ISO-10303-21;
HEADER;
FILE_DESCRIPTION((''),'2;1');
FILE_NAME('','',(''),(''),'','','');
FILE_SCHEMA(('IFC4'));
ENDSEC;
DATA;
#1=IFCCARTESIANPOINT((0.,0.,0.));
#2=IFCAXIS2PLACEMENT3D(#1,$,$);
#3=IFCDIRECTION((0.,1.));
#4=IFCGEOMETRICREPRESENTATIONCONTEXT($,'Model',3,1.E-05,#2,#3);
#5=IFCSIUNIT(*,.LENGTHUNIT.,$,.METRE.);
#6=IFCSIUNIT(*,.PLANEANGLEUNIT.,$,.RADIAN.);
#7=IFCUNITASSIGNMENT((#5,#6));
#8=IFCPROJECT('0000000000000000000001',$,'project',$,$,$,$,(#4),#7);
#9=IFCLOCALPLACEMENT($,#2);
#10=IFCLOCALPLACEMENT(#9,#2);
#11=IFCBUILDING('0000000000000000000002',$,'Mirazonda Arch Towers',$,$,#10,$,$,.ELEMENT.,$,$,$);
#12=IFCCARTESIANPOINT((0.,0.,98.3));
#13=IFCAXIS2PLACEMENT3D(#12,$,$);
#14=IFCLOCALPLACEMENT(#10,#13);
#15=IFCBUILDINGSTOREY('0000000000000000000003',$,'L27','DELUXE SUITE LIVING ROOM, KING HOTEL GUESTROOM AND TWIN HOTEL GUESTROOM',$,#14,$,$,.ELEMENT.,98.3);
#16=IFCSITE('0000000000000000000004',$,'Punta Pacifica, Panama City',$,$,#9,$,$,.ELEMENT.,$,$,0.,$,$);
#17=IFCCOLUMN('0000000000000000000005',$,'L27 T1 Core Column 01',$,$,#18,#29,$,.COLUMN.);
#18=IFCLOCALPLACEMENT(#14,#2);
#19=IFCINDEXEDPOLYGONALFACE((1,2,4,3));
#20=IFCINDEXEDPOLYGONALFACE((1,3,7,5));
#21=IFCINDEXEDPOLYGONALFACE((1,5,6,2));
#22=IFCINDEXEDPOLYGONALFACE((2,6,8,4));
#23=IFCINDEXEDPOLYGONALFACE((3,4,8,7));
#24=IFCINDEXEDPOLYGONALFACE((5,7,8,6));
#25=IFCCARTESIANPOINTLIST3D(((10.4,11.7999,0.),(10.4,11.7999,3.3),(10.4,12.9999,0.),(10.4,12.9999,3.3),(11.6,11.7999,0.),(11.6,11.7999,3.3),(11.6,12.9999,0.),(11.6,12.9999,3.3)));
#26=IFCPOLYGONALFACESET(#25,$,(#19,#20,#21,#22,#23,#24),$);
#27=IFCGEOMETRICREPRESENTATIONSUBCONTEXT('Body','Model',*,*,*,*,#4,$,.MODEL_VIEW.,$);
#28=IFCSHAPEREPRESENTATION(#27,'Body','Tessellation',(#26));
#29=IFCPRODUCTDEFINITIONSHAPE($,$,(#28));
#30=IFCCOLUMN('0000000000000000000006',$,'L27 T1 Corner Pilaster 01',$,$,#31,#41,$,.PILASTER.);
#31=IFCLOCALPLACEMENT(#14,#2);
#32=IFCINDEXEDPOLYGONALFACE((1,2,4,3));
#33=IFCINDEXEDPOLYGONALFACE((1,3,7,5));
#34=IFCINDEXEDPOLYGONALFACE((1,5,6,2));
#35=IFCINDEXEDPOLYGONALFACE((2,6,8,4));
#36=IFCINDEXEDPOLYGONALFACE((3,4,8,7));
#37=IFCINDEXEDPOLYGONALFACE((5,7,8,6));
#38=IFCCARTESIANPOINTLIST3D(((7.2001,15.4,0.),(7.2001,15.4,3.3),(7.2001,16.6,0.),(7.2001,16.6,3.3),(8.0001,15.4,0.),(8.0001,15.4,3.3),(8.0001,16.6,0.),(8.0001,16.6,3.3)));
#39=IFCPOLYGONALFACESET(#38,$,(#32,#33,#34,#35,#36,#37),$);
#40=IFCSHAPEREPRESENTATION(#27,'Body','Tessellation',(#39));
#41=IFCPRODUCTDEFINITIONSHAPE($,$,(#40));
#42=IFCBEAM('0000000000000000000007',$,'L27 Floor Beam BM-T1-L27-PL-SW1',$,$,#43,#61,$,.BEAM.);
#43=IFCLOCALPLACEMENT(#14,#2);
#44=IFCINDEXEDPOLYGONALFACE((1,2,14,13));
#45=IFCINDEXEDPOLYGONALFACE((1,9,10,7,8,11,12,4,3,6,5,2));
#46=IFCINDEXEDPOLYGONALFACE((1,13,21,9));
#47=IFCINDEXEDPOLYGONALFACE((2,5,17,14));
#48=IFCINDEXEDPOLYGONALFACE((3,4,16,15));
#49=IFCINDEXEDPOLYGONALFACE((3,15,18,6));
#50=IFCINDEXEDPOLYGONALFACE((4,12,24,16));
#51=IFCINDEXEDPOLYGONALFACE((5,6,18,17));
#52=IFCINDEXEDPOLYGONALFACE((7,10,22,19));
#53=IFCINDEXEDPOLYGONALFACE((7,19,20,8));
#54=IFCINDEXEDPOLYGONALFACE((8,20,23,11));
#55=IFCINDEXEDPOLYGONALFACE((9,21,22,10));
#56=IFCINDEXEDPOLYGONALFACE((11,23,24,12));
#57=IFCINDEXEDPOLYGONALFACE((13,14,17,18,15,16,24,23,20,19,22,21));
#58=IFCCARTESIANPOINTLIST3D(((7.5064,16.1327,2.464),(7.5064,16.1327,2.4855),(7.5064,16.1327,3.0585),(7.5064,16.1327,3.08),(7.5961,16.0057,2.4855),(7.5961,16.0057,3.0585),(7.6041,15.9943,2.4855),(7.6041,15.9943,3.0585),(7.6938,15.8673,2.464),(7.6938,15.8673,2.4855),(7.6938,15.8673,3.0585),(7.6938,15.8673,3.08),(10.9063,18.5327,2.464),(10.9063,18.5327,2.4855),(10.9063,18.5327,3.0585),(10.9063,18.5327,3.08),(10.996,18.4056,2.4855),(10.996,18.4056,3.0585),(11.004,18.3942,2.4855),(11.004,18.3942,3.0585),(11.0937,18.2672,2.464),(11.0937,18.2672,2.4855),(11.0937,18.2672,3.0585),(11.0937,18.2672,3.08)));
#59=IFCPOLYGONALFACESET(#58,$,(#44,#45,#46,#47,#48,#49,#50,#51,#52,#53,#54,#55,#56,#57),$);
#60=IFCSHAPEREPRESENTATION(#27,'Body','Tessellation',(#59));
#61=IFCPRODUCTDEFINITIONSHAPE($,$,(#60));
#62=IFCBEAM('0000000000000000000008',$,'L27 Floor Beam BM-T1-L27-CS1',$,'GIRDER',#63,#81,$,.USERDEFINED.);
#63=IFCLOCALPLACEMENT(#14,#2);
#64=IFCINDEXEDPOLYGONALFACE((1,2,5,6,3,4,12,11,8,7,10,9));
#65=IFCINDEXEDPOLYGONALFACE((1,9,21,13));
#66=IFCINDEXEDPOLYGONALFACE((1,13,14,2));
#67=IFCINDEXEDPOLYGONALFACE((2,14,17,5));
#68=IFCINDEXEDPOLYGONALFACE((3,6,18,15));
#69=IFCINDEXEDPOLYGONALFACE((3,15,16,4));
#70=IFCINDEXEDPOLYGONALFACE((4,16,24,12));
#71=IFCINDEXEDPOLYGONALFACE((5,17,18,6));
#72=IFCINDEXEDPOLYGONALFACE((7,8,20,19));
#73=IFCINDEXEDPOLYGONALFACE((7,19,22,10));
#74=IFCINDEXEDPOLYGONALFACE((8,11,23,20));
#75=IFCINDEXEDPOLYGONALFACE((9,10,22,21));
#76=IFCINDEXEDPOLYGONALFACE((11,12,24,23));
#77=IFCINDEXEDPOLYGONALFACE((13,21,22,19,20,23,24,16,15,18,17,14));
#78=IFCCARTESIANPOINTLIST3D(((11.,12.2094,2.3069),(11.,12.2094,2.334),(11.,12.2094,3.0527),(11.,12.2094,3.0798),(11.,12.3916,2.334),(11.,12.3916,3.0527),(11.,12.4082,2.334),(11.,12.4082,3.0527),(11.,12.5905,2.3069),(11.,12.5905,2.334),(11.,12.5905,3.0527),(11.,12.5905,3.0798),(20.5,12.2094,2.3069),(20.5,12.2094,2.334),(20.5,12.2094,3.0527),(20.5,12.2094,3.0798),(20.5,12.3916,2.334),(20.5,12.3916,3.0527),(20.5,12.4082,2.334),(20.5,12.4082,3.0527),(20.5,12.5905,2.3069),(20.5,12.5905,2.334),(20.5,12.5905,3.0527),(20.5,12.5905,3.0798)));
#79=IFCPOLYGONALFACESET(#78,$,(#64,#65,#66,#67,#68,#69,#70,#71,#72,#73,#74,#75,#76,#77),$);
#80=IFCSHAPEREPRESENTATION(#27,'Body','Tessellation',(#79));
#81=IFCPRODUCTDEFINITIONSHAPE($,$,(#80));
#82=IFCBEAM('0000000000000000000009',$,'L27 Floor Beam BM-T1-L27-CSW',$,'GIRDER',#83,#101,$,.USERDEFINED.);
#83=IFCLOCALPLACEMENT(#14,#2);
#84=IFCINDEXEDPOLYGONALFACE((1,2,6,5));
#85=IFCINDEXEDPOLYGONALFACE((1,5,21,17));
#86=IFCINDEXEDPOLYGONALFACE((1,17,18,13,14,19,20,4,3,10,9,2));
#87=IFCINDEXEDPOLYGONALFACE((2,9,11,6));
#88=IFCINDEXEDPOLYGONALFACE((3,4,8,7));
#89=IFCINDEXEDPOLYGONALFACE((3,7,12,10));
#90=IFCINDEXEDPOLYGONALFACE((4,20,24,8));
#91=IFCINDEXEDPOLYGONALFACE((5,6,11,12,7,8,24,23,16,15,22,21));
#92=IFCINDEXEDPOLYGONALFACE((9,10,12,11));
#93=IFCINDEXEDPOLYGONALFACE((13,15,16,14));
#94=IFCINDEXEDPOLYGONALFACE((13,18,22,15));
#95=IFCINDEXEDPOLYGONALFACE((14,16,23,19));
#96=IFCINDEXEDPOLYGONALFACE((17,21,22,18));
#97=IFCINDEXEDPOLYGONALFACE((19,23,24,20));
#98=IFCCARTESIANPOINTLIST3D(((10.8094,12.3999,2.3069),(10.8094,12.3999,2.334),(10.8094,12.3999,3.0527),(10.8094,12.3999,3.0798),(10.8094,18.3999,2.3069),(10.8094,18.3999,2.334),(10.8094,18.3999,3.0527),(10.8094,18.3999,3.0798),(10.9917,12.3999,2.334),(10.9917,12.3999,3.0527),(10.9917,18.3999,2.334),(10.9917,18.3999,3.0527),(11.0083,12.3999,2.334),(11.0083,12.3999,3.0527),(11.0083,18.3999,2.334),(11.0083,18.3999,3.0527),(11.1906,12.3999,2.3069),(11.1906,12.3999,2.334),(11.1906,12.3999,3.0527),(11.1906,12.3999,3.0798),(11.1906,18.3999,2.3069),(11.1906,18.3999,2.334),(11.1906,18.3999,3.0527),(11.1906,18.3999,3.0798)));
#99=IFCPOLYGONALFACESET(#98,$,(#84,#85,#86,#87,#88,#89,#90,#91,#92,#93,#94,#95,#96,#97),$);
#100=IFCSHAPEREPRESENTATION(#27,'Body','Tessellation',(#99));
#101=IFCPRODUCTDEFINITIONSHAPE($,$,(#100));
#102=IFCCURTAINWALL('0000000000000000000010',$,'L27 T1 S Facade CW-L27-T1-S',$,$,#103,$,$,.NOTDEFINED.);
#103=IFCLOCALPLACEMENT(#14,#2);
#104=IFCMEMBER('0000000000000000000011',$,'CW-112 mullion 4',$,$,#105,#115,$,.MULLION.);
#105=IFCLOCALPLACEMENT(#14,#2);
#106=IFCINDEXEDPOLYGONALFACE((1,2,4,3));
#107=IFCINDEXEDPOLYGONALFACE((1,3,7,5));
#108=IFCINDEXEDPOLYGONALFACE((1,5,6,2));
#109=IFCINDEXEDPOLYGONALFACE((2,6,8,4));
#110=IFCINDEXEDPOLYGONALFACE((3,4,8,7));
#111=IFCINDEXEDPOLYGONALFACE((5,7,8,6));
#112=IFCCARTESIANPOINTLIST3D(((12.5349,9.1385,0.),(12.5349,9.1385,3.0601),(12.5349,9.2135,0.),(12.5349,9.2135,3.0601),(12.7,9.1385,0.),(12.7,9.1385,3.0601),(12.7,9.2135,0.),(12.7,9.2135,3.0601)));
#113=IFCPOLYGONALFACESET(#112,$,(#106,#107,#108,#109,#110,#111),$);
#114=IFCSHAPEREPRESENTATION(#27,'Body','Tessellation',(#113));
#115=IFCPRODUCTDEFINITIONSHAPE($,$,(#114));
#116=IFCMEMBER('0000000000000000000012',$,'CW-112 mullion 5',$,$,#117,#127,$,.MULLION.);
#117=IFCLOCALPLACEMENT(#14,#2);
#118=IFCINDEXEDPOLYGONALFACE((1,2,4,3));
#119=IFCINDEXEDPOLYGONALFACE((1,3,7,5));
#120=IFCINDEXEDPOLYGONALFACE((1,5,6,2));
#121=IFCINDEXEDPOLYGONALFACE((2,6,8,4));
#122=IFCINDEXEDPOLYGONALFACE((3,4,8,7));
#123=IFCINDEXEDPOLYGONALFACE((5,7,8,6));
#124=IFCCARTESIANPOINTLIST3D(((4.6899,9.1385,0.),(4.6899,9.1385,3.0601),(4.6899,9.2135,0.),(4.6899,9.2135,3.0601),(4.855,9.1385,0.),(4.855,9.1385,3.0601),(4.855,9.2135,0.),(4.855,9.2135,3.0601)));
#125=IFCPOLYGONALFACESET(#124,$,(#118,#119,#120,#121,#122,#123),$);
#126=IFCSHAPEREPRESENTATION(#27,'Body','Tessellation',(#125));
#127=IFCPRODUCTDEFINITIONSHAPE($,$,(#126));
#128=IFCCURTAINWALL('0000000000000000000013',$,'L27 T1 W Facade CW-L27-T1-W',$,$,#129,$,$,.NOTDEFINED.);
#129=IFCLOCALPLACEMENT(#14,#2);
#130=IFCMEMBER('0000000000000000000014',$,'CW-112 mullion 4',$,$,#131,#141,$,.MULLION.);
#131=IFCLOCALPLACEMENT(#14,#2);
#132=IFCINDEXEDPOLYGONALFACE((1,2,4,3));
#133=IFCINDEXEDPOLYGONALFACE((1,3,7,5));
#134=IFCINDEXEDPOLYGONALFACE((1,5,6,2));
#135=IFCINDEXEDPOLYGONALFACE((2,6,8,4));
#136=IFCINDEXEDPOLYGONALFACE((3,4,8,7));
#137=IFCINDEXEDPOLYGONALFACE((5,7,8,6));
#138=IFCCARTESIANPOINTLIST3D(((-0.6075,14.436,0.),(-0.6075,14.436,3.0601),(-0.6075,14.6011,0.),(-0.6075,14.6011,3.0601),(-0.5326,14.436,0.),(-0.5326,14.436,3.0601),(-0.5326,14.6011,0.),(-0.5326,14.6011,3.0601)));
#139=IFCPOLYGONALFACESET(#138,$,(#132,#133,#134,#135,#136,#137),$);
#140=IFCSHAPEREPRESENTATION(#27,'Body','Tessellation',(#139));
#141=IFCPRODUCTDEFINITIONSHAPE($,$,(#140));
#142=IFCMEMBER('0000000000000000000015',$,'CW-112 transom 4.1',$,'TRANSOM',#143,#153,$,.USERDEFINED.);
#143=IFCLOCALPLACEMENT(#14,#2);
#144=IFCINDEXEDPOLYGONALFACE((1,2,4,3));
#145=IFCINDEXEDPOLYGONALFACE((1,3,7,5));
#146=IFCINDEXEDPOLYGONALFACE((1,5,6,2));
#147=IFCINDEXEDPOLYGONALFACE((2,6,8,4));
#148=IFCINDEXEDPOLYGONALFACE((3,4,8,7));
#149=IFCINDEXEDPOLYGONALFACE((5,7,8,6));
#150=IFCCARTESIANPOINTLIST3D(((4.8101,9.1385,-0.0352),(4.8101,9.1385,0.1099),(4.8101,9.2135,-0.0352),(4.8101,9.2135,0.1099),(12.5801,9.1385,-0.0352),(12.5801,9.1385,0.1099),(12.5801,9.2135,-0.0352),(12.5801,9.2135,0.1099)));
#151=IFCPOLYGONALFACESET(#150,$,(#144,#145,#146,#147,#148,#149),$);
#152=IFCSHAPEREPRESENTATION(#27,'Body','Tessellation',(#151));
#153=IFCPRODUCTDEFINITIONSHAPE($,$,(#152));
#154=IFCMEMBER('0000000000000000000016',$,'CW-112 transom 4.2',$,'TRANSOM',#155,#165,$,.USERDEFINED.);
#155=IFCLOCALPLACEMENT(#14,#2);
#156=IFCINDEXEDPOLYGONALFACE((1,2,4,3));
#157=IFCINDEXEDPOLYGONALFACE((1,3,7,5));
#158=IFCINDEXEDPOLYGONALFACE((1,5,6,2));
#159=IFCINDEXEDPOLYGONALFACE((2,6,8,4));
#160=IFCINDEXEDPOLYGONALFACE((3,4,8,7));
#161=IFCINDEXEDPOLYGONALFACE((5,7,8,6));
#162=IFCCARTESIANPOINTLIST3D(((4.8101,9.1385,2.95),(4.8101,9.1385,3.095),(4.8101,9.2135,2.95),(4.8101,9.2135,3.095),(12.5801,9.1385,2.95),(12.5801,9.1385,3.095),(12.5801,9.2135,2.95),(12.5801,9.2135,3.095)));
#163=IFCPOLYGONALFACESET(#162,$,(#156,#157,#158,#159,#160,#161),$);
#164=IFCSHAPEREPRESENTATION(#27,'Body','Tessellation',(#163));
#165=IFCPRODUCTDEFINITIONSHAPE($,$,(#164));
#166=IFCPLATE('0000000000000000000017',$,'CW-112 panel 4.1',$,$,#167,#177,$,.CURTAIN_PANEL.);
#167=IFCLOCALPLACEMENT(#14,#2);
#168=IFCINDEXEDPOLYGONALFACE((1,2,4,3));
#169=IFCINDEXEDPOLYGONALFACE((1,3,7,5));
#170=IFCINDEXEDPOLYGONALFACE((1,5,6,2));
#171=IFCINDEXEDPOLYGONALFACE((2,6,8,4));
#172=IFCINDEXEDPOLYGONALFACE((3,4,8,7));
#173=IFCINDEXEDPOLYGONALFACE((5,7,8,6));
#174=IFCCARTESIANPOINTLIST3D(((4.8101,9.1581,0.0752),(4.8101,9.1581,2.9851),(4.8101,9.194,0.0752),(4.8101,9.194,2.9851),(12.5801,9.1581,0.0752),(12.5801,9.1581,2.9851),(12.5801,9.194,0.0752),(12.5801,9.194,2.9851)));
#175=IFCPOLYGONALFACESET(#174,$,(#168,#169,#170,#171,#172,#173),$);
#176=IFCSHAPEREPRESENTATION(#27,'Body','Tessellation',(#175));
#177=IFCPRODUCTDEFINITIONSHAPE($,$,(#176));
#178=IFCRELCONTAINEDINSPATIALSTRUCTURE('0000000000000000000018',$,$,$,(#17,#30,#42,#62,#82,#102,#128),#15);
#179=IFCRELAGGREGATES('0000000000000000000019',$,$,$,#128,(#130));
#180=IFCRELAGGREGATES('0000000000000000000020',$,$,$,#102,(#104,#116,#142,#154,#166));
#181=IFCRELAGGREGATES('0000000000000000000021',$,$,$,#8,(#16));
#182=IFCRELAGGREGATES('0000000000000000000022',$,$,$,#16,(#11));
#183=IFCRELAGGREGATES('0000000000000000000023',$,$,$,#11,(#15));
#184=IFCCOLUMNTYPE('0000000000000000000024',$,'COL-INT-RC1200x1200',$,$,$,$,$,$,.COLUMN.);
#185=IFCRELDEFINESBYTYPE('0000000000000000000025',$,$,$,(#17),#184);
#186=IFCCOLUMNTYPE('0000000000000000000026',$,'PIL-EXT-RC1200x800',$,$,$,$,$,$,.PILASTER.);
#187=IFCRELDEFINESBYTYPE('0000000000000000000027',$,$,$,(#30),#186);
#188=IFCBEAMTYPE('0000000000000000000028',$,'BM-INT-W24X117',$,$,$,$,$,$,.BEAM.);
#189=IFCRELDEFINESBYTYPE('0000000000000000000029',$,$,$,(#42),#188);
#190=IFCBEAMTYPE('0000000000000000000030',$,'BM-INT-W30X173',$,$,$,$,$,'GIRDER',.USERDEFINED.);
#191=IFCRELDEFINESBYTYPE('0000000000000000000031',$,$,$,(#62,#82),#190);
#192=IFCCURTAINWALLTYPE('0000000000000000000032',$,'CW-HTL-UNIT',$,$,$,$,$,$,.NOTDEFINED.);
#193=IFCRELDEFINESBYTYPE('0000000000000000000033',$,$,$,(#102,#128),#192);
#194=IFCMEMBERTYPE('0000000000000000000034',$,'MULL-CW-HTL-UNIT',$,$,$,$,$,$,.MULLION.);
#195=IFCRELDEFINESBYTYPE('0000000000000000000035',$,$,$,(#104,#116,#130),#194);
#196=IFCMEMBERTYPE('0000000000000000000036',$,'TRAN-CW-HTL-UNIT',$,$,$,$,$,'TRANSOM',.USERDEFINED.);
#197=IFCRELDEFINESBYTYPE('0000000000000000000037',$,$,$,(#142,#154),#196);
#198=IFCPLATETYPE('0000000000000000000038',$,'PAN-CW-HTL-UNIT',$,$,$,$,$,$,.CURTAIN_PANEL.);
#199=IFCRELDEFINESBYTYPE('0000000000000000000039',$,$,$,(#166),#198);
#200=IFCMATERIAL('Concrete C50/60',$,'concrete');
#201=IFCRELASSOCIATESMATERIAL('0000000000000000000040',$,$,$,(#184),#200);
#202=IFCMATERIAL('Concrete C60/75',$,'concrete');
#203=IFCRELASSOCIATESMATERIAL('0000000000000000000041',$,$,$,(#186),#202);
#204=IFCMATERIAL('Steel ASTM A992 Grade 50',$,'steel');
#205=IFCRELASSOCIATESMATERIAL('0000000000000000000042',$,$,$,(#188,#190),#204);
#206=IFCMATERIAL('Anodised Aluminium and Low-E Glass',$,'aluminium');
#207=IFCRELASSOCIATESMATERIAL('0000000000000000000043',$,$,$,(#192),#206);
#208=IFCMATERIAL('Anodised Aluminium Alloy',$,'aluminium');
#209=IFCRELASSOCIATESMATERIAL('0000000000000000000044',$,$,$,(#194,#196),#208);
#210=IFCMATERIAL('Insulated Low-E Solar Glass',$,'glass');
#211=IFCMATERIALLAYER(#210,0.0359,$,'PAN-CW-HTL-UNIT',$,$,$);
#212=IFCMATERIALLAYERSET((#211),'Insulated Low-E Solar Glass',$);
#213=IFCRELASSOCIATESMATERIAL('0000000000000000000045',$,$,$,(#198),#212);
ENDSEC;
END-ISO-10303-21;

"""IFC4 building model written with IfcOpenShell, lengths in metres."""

from ifc_helpers import new_model, si_unit, direction, frame, origin, origin_2d, place, context, subcontext, project, spatial, rectangle, i_section, extrude, material, layer, layer_set, material_profile, profile_set, type_object, element, aggregate, save


model = new_model("IFC4")

# Units and contexts
model_context = context("Model", 3, precision=1e-05, world=origin(), true_north=direction((0.0, 1.0)))
body_context = subcontext(model_context, "Body", "Model", "MODEL_VIEW")
ifc_project = project(units=[si_unit("LENGTHUNIT", "METRE"), si_unit("PLANEANGLEUNIT", "RADIAN")], contexts=[model_context])

# Site, building, storey
site_placement = place(None, origin())
site = spatial("IfcSite", under=ifc_project, at=site_placement, Name="Punta Pacifica, Panama City", CompositionType="ELEMENT", RefElevation=0.0)
building_placement = place(site_placement, origin())
building = spatial("IfcBuilding", under=site, at=building_placement, Name="Mirazonda Arch Towers", CompositionType="ELEMENT")
storey_placement = place(building_placement, frame((0.0, 0.0, 98.3)))
storey = spatial("IfcBuildingStorey", under=building, at=storey_placement, Name="L27", Description="DELUXE SUITE LIVING ROOM, KING HOTEL GUESTROOM AND TWIN HOTEL GUESTROOM", CompositionType="ELEMENT", Elevation=98.3)

# Columns
ifc_material_1 = material(Name="Concrete C50/60", Category="concrete")
ifc_material_profile_1 = material_profile(ifc_material_1, rectangle(XDim=1.2, YDim=1.2, at=origin_2d()), Name="RC1200x1200")
ifc_profile_set_1 = profile_set([ifc_material_profile_1], Name="Concrete C50/60")
column_type_1 = type_object("IfcColumnType", Name="COL-INT-RC1200x1200", PredefinedType="COLUMN", material=ifc_profile_set_1)
column_1_placement = place(storey_placement, frame((11.0, 12.3999, 0.0), z_axis=(0.0, 0.0, 1.0), x_axis=(1.0, 0.0, 0.0)))
element("IfcColumn", 1, at=column_1_placement, inside=storey, type_object=column_type_1, Name="L27 T1 Core Column 01", PredefinedType="COLUMN", context=body_context, shape_type="SweptSolid", body=[
    extrude(rectangle(XDim=1.2, YDim=1.2, at=origin_2d()), origin(), (0.0, 0.0, 1.0), 3.3),
])
ifc_material_2 = material(Name="Concrete C60/75", Category="concrete")
ifc_material_profile_2 = material_profile(ifc_material_2, rectangle(XDim=0.8, YDim=1.2, at=origin_2d()), Name="RC1200x800")
ifc_profile_set_2 = profile_set([ifc_material_profile_2], Name="Concrete C60/75")
column_type_2 = type_object("IfcColumnType", Name="PIL-EXT-RC1200x800", PredefinedType="PILASTER", material=ifc_profile_set_2)
column_2_placement = place(storey_placement, frame((7.6001, 16.0, 0.0), z_axis=(0.0, 0.0, 1.0), x_axis=(1.0, 0.0, 0.0)))
element("IfcColumn", 2, at=column_2_placement, inside=storey, type_object=column_type_2, Name="L27 T1 Corner Pilaster 01", PredefinedType="PILASTER", context=body_context, shape_type="SweptSolid", body=[
    extrude(rectangle(XDim=0.8, YDim=1.2, at=origin_2d()), origin(), (0.0, 0.0, 1.0), 3.3),
])

# Beams
ifc_material_3 = material(Name="Steel ASTM A992 Grade 50", Category="steel")
ifc_material_profile_3 = material_profile(ifc_material_3, i_section(OverallWidth=0.325, OverallDepth=0.616, WebThickness=0.0139, FlangeThickness=0.0215, at=origin_2d()), Name="W24X117")
ifc_profile_set_3 = profile_set([ifc_material_profile_3], Name="Steel ASTM A992 Grade 50")
beam_type_1 = type_object("IfcBeamType", Name="BM-INT-W24X117", PredefinedType="BEAM", material=ifc_profile_set_3)
beam_1_placement = place(storey_placement, frame((7.6001, 16.0, 2.772), z_axis=(0.816971, 0.576679, 0.0), x_axis=(-0.576679, 0.816971, 0.0)))
element("IfcBeam", 3, at=beam_1_placement, inside=storey, type_object=beam_type_1, Name="L27 Floor Beam BM-T1-L27-PL-SW1", PredefinedType="BEAM", context=body_context, shape_type="SweptSolid", body=[
    extrude(i_section(OverallWidth=0.325, OverallDepth=0.616, WebThickness=0.0139, FlangeThickness=0.0215, at=origin_2d()), origin(), (0.0, 0.0, 1.0), 4.1616),
])
ifc_material_profile_4 = material_profile(ifc_material_3, i_section(OverallWidth=0.3811, OverallDepth=0.7729, WebThickness=0.0166, FlangeThickness=0.0271, at=origin_2d()), Name="W30X173")
ifc_profile_set_4 = profile_set([ifc_material_profile_4], Name="Steel ASTM A992 Grade 50")
beam_type_2 = type_object("IfcBeamType", Name="BM-INT-W30X173", ElementType="GIRDER", PredefinedType="USERDEFINED", material=ifc_profile_set_4)
beam_2_placement = place(storey_placement, frame((11.0, 12.3999, 2.6934), z_axis=(1.0, 0.0, 0.0), x_axis=(0.0, 1.0, 0.0)))
element("IfcBeam", 4, at=beam_2_placement, inside=storey, type_object=beam_type_2, Name="L27 Floor Beam BM-T1-L27-CS1", ObjectType="GIRDER", PredefinedType="USERDEFINED", context=body_context, shape_type="SweptSolid", body=[
    extrude(i_section(OverallWidth=0.3811, OverallDepth=0.7729, WebThickness=0.0166, FlangeThickness=0.0271, at=origin_2d()), origin(), (0.0, 0.0, 1.0), 9.5),
])
beam_3_placement = place(storey_placement, frame((11.0, 12.3999, 2.6934), z_axis=(0.0, 1.0, 0.0), x_axis=(-1.0, 0.0, 0.0)))
element("IfcBeam", 5, at=beam_3_placement, inside=storey, type_object=beam_type_2, Name="L27 Floor Beam BM-T1-L27-CSW", ObjectType="GIRDER", PredefinedType="USERDEFINED", context=body_context, shape_type="SweptSolid", body=[
    extrude(i_section(OverallWidth=0.3811, OverallDepth=0.7729, WebThickness=0.0166, FlangeThickness=0.0271, at=origin_2d()), origin(), (0.0, 0.0, 1.0), 6.0),
])

# Curtain wall, members
ifc_material_4 = material(Name="Anodised Aluminium and Low-E Glass", Category="aluminium")
curtain_wall_type = type_object("IfcCurtainWallType", Name="CW-HTL-UNIT", PredefinedType="NOTDEFINED", material=ifc_material_4)
curtain_wall_1_placement = place(storey_placement, origin())
curtain_wall_1 = element("IfcCurtainWall", 6, at=curtain_wall_1_placement, inside=storey, type_object=curtain_wall_type, Name="L27 T1 S Facade CW-L27-T1-S", PredefinedType="NOTDEFINED")
ifc_material_5 = material(Name="Anodised Aluminium Alloy", Category="aluminium")
ifc_material_profile_5 = material_profile(ifc_material_5, rectangle(XDim=0.075, YDim=0.165, at=origin_2d()), Name="ALU-MULL-75x165")
ifc_profile_set_5 = profile_set([ifc_material_profile_5], Name="Anodised Aluminium Alloy")
member_type_1 = type_object("IfcMemberType", Name="MULL-CW-HTL-UNIT", PredefinedType="MULLION", material=ifc_profile_set_5)
member_1_placement = place(storey_placement, frame((12.6174, 9.176, 0.0), z_axis=(0.0, 0.0, 1.0), x_axis=(0.0, -1.0, 0.0)))
member_1 = element("IfcMember", 7, at=member_1_placement, type_object=member_type_1, Name="CW-112 mullion 4", PredefinedType="MULLION", context=body_context, shape_type="SweptSolid", body=[
    extrude(rectangle(XDim=0.075, YDim=0.165, at=origin_2d()), origin(), (0.0, 0.0, 1.0), 3.0601),
])
member_2_placement = place(storey_placement, frame((4.7725, 9.176, 0.0), z_axis=(0.0, 0.0, 1.0), x_axis=(0.0, -1.0, 0.0)))
member_2 = element("IfcMember", 8, at=member_2_placement, type_object=member_type_1, Name="CW-112 mullion 5", PredefinedType="MULLION", context=body_context, shape_type="SweptSolid", body=[
    extrude(rectangle(XDim=0.075, YDim=0.165, at=origin_2d()), origin(), (0.0, 0.0, 1.0), 3.0601),
])

# Curtain wall, member
curtain_wall_2_placement = place(storey_placement, origin())
curtain_wall_2 = element("IfcCurtainWall", 9, at=curtain_wall_2_placement, inside=storey, type_object=curtain_wall_type, Name="L27 T1 W Facade CW-L27-T1-W", PredefinedType="NOTDEFINED")
member_3_placement = place(storey_placement, frame((-0.5701, 14.5186, 0.0), z_axis=(0.0, 0.0, 1.0), x_axis=(1.0, 0.0, 0.0)))
member_3 = element("IfcMember", 10, at=member_3_placement, type_object=member_type_1, Name="CW-112 mullion 4", PredefinedType="MULLION", context=body_context, shape_type="SweptSolid", body=[
    extrude(rectangle(XDim=0.075, YDim=0.165, at=origin_2d()), origin(), (0.0, 0.0, 1.0), 3.0601),
])
aggregate(curtain_wall_2, [member_3])

# Members
ifc_material_profile_6 = material_profile(ifc_material_5, rectangle(XDim=0.075, YDim=0.145, at=origin_2d()), Name="ALU-TRAN-75x145")
ifc_profile_set_6 = profile_set([ifc_material_profile_6], Name="Anodised Aluminium Alloy")
member_type_2 = type_object("IfcMemberType", Name="TRAN-CW-HTL-UNIT", ElementType="TRANSOM", PredefinedType="USERDEFINED", material=ifc_profile_set_6)
member_4_placement = place(storey_placement, frame((12.5801, 9.176, 0.0374), z_axis=(-1.0, 0.0, 0.0), x_axis=(0.0, -1.0, 0.0)))
member_4 = element("IfcMember", 11, at=member_4_placement, type_object=member_type_2, Name="CW-112 transom 4.1", ObjectType="TRANSOM", PredefinedType="USERDEFINED", context=body_context, shape_type="SweptSolid", body=[
    extrude(rectangle(XDim=0.075, YDim=0.145, at=origin_2d()), origin(), (0.0, 0.0, 1.0), 7.77),
])
member_5_placement = place(storey_placement, frame((12.5801, 9.176, 3.0225), z_axis=(-1.0, 0.0, 0.0), x_axis=(0.0, -1.0, 0.0)))
member_5 = element("IfcMember", 12, at=member_5_placement, type_object=member_type_2, Name="CW-112 transom 4.2", ObjectType="TRANSOM", PredefinedType="USERDEFINED", context=body_context, shape_type="SweptSolid", body=[
    extrude(rectangle(XDim=0.075, YDim=0.145, at=origin_2d()), origin(), (0.0, 0.0, 1.0), 7.77),
])

# Plate
ifc_material_6 = material(Name="Insulated Low-E Solar Glass", Category="glass")
ifc_layer_1 = layer(ifc_material_6, 0.0359, Name="PAN-CW-HTL-UNIT")
ifc_layer_set_1 = layer_set([ifc_layer_1], Name="Insulated Low-E Solar Glass")
plate_type = type_object("IfcPlateType", Name="PAN-CW-HTL-UNIT", PredefinedType="CURTAIN_PANEL", material=ifc_layer_set_1)
plate_placement = place(storey_placement, frame((8.6951, 9.176, 0.0752), z_axis=(0.0, 0.0, 1.0), x_axis=(-1.0, 0.0, 0.0)))
plate = element("IfcPlate", 13, at=plate_placement, type_object=plate_type, Name="CW-112 panel 4.1", PredefinedType="CURTAIN_PANEL", context=body_context, shape_type="SweptSolid", body=[
    extrude(rectangle(XDim=7.77, YDim=0.0359, at=origin_2d()), origin(), (0.0, 0.0, 1.0), 2.9099),
])
aggregate(curtain_wall_1, [member_1, member_2, member_4, member_5, plate])

save(model, "model.ifc")
